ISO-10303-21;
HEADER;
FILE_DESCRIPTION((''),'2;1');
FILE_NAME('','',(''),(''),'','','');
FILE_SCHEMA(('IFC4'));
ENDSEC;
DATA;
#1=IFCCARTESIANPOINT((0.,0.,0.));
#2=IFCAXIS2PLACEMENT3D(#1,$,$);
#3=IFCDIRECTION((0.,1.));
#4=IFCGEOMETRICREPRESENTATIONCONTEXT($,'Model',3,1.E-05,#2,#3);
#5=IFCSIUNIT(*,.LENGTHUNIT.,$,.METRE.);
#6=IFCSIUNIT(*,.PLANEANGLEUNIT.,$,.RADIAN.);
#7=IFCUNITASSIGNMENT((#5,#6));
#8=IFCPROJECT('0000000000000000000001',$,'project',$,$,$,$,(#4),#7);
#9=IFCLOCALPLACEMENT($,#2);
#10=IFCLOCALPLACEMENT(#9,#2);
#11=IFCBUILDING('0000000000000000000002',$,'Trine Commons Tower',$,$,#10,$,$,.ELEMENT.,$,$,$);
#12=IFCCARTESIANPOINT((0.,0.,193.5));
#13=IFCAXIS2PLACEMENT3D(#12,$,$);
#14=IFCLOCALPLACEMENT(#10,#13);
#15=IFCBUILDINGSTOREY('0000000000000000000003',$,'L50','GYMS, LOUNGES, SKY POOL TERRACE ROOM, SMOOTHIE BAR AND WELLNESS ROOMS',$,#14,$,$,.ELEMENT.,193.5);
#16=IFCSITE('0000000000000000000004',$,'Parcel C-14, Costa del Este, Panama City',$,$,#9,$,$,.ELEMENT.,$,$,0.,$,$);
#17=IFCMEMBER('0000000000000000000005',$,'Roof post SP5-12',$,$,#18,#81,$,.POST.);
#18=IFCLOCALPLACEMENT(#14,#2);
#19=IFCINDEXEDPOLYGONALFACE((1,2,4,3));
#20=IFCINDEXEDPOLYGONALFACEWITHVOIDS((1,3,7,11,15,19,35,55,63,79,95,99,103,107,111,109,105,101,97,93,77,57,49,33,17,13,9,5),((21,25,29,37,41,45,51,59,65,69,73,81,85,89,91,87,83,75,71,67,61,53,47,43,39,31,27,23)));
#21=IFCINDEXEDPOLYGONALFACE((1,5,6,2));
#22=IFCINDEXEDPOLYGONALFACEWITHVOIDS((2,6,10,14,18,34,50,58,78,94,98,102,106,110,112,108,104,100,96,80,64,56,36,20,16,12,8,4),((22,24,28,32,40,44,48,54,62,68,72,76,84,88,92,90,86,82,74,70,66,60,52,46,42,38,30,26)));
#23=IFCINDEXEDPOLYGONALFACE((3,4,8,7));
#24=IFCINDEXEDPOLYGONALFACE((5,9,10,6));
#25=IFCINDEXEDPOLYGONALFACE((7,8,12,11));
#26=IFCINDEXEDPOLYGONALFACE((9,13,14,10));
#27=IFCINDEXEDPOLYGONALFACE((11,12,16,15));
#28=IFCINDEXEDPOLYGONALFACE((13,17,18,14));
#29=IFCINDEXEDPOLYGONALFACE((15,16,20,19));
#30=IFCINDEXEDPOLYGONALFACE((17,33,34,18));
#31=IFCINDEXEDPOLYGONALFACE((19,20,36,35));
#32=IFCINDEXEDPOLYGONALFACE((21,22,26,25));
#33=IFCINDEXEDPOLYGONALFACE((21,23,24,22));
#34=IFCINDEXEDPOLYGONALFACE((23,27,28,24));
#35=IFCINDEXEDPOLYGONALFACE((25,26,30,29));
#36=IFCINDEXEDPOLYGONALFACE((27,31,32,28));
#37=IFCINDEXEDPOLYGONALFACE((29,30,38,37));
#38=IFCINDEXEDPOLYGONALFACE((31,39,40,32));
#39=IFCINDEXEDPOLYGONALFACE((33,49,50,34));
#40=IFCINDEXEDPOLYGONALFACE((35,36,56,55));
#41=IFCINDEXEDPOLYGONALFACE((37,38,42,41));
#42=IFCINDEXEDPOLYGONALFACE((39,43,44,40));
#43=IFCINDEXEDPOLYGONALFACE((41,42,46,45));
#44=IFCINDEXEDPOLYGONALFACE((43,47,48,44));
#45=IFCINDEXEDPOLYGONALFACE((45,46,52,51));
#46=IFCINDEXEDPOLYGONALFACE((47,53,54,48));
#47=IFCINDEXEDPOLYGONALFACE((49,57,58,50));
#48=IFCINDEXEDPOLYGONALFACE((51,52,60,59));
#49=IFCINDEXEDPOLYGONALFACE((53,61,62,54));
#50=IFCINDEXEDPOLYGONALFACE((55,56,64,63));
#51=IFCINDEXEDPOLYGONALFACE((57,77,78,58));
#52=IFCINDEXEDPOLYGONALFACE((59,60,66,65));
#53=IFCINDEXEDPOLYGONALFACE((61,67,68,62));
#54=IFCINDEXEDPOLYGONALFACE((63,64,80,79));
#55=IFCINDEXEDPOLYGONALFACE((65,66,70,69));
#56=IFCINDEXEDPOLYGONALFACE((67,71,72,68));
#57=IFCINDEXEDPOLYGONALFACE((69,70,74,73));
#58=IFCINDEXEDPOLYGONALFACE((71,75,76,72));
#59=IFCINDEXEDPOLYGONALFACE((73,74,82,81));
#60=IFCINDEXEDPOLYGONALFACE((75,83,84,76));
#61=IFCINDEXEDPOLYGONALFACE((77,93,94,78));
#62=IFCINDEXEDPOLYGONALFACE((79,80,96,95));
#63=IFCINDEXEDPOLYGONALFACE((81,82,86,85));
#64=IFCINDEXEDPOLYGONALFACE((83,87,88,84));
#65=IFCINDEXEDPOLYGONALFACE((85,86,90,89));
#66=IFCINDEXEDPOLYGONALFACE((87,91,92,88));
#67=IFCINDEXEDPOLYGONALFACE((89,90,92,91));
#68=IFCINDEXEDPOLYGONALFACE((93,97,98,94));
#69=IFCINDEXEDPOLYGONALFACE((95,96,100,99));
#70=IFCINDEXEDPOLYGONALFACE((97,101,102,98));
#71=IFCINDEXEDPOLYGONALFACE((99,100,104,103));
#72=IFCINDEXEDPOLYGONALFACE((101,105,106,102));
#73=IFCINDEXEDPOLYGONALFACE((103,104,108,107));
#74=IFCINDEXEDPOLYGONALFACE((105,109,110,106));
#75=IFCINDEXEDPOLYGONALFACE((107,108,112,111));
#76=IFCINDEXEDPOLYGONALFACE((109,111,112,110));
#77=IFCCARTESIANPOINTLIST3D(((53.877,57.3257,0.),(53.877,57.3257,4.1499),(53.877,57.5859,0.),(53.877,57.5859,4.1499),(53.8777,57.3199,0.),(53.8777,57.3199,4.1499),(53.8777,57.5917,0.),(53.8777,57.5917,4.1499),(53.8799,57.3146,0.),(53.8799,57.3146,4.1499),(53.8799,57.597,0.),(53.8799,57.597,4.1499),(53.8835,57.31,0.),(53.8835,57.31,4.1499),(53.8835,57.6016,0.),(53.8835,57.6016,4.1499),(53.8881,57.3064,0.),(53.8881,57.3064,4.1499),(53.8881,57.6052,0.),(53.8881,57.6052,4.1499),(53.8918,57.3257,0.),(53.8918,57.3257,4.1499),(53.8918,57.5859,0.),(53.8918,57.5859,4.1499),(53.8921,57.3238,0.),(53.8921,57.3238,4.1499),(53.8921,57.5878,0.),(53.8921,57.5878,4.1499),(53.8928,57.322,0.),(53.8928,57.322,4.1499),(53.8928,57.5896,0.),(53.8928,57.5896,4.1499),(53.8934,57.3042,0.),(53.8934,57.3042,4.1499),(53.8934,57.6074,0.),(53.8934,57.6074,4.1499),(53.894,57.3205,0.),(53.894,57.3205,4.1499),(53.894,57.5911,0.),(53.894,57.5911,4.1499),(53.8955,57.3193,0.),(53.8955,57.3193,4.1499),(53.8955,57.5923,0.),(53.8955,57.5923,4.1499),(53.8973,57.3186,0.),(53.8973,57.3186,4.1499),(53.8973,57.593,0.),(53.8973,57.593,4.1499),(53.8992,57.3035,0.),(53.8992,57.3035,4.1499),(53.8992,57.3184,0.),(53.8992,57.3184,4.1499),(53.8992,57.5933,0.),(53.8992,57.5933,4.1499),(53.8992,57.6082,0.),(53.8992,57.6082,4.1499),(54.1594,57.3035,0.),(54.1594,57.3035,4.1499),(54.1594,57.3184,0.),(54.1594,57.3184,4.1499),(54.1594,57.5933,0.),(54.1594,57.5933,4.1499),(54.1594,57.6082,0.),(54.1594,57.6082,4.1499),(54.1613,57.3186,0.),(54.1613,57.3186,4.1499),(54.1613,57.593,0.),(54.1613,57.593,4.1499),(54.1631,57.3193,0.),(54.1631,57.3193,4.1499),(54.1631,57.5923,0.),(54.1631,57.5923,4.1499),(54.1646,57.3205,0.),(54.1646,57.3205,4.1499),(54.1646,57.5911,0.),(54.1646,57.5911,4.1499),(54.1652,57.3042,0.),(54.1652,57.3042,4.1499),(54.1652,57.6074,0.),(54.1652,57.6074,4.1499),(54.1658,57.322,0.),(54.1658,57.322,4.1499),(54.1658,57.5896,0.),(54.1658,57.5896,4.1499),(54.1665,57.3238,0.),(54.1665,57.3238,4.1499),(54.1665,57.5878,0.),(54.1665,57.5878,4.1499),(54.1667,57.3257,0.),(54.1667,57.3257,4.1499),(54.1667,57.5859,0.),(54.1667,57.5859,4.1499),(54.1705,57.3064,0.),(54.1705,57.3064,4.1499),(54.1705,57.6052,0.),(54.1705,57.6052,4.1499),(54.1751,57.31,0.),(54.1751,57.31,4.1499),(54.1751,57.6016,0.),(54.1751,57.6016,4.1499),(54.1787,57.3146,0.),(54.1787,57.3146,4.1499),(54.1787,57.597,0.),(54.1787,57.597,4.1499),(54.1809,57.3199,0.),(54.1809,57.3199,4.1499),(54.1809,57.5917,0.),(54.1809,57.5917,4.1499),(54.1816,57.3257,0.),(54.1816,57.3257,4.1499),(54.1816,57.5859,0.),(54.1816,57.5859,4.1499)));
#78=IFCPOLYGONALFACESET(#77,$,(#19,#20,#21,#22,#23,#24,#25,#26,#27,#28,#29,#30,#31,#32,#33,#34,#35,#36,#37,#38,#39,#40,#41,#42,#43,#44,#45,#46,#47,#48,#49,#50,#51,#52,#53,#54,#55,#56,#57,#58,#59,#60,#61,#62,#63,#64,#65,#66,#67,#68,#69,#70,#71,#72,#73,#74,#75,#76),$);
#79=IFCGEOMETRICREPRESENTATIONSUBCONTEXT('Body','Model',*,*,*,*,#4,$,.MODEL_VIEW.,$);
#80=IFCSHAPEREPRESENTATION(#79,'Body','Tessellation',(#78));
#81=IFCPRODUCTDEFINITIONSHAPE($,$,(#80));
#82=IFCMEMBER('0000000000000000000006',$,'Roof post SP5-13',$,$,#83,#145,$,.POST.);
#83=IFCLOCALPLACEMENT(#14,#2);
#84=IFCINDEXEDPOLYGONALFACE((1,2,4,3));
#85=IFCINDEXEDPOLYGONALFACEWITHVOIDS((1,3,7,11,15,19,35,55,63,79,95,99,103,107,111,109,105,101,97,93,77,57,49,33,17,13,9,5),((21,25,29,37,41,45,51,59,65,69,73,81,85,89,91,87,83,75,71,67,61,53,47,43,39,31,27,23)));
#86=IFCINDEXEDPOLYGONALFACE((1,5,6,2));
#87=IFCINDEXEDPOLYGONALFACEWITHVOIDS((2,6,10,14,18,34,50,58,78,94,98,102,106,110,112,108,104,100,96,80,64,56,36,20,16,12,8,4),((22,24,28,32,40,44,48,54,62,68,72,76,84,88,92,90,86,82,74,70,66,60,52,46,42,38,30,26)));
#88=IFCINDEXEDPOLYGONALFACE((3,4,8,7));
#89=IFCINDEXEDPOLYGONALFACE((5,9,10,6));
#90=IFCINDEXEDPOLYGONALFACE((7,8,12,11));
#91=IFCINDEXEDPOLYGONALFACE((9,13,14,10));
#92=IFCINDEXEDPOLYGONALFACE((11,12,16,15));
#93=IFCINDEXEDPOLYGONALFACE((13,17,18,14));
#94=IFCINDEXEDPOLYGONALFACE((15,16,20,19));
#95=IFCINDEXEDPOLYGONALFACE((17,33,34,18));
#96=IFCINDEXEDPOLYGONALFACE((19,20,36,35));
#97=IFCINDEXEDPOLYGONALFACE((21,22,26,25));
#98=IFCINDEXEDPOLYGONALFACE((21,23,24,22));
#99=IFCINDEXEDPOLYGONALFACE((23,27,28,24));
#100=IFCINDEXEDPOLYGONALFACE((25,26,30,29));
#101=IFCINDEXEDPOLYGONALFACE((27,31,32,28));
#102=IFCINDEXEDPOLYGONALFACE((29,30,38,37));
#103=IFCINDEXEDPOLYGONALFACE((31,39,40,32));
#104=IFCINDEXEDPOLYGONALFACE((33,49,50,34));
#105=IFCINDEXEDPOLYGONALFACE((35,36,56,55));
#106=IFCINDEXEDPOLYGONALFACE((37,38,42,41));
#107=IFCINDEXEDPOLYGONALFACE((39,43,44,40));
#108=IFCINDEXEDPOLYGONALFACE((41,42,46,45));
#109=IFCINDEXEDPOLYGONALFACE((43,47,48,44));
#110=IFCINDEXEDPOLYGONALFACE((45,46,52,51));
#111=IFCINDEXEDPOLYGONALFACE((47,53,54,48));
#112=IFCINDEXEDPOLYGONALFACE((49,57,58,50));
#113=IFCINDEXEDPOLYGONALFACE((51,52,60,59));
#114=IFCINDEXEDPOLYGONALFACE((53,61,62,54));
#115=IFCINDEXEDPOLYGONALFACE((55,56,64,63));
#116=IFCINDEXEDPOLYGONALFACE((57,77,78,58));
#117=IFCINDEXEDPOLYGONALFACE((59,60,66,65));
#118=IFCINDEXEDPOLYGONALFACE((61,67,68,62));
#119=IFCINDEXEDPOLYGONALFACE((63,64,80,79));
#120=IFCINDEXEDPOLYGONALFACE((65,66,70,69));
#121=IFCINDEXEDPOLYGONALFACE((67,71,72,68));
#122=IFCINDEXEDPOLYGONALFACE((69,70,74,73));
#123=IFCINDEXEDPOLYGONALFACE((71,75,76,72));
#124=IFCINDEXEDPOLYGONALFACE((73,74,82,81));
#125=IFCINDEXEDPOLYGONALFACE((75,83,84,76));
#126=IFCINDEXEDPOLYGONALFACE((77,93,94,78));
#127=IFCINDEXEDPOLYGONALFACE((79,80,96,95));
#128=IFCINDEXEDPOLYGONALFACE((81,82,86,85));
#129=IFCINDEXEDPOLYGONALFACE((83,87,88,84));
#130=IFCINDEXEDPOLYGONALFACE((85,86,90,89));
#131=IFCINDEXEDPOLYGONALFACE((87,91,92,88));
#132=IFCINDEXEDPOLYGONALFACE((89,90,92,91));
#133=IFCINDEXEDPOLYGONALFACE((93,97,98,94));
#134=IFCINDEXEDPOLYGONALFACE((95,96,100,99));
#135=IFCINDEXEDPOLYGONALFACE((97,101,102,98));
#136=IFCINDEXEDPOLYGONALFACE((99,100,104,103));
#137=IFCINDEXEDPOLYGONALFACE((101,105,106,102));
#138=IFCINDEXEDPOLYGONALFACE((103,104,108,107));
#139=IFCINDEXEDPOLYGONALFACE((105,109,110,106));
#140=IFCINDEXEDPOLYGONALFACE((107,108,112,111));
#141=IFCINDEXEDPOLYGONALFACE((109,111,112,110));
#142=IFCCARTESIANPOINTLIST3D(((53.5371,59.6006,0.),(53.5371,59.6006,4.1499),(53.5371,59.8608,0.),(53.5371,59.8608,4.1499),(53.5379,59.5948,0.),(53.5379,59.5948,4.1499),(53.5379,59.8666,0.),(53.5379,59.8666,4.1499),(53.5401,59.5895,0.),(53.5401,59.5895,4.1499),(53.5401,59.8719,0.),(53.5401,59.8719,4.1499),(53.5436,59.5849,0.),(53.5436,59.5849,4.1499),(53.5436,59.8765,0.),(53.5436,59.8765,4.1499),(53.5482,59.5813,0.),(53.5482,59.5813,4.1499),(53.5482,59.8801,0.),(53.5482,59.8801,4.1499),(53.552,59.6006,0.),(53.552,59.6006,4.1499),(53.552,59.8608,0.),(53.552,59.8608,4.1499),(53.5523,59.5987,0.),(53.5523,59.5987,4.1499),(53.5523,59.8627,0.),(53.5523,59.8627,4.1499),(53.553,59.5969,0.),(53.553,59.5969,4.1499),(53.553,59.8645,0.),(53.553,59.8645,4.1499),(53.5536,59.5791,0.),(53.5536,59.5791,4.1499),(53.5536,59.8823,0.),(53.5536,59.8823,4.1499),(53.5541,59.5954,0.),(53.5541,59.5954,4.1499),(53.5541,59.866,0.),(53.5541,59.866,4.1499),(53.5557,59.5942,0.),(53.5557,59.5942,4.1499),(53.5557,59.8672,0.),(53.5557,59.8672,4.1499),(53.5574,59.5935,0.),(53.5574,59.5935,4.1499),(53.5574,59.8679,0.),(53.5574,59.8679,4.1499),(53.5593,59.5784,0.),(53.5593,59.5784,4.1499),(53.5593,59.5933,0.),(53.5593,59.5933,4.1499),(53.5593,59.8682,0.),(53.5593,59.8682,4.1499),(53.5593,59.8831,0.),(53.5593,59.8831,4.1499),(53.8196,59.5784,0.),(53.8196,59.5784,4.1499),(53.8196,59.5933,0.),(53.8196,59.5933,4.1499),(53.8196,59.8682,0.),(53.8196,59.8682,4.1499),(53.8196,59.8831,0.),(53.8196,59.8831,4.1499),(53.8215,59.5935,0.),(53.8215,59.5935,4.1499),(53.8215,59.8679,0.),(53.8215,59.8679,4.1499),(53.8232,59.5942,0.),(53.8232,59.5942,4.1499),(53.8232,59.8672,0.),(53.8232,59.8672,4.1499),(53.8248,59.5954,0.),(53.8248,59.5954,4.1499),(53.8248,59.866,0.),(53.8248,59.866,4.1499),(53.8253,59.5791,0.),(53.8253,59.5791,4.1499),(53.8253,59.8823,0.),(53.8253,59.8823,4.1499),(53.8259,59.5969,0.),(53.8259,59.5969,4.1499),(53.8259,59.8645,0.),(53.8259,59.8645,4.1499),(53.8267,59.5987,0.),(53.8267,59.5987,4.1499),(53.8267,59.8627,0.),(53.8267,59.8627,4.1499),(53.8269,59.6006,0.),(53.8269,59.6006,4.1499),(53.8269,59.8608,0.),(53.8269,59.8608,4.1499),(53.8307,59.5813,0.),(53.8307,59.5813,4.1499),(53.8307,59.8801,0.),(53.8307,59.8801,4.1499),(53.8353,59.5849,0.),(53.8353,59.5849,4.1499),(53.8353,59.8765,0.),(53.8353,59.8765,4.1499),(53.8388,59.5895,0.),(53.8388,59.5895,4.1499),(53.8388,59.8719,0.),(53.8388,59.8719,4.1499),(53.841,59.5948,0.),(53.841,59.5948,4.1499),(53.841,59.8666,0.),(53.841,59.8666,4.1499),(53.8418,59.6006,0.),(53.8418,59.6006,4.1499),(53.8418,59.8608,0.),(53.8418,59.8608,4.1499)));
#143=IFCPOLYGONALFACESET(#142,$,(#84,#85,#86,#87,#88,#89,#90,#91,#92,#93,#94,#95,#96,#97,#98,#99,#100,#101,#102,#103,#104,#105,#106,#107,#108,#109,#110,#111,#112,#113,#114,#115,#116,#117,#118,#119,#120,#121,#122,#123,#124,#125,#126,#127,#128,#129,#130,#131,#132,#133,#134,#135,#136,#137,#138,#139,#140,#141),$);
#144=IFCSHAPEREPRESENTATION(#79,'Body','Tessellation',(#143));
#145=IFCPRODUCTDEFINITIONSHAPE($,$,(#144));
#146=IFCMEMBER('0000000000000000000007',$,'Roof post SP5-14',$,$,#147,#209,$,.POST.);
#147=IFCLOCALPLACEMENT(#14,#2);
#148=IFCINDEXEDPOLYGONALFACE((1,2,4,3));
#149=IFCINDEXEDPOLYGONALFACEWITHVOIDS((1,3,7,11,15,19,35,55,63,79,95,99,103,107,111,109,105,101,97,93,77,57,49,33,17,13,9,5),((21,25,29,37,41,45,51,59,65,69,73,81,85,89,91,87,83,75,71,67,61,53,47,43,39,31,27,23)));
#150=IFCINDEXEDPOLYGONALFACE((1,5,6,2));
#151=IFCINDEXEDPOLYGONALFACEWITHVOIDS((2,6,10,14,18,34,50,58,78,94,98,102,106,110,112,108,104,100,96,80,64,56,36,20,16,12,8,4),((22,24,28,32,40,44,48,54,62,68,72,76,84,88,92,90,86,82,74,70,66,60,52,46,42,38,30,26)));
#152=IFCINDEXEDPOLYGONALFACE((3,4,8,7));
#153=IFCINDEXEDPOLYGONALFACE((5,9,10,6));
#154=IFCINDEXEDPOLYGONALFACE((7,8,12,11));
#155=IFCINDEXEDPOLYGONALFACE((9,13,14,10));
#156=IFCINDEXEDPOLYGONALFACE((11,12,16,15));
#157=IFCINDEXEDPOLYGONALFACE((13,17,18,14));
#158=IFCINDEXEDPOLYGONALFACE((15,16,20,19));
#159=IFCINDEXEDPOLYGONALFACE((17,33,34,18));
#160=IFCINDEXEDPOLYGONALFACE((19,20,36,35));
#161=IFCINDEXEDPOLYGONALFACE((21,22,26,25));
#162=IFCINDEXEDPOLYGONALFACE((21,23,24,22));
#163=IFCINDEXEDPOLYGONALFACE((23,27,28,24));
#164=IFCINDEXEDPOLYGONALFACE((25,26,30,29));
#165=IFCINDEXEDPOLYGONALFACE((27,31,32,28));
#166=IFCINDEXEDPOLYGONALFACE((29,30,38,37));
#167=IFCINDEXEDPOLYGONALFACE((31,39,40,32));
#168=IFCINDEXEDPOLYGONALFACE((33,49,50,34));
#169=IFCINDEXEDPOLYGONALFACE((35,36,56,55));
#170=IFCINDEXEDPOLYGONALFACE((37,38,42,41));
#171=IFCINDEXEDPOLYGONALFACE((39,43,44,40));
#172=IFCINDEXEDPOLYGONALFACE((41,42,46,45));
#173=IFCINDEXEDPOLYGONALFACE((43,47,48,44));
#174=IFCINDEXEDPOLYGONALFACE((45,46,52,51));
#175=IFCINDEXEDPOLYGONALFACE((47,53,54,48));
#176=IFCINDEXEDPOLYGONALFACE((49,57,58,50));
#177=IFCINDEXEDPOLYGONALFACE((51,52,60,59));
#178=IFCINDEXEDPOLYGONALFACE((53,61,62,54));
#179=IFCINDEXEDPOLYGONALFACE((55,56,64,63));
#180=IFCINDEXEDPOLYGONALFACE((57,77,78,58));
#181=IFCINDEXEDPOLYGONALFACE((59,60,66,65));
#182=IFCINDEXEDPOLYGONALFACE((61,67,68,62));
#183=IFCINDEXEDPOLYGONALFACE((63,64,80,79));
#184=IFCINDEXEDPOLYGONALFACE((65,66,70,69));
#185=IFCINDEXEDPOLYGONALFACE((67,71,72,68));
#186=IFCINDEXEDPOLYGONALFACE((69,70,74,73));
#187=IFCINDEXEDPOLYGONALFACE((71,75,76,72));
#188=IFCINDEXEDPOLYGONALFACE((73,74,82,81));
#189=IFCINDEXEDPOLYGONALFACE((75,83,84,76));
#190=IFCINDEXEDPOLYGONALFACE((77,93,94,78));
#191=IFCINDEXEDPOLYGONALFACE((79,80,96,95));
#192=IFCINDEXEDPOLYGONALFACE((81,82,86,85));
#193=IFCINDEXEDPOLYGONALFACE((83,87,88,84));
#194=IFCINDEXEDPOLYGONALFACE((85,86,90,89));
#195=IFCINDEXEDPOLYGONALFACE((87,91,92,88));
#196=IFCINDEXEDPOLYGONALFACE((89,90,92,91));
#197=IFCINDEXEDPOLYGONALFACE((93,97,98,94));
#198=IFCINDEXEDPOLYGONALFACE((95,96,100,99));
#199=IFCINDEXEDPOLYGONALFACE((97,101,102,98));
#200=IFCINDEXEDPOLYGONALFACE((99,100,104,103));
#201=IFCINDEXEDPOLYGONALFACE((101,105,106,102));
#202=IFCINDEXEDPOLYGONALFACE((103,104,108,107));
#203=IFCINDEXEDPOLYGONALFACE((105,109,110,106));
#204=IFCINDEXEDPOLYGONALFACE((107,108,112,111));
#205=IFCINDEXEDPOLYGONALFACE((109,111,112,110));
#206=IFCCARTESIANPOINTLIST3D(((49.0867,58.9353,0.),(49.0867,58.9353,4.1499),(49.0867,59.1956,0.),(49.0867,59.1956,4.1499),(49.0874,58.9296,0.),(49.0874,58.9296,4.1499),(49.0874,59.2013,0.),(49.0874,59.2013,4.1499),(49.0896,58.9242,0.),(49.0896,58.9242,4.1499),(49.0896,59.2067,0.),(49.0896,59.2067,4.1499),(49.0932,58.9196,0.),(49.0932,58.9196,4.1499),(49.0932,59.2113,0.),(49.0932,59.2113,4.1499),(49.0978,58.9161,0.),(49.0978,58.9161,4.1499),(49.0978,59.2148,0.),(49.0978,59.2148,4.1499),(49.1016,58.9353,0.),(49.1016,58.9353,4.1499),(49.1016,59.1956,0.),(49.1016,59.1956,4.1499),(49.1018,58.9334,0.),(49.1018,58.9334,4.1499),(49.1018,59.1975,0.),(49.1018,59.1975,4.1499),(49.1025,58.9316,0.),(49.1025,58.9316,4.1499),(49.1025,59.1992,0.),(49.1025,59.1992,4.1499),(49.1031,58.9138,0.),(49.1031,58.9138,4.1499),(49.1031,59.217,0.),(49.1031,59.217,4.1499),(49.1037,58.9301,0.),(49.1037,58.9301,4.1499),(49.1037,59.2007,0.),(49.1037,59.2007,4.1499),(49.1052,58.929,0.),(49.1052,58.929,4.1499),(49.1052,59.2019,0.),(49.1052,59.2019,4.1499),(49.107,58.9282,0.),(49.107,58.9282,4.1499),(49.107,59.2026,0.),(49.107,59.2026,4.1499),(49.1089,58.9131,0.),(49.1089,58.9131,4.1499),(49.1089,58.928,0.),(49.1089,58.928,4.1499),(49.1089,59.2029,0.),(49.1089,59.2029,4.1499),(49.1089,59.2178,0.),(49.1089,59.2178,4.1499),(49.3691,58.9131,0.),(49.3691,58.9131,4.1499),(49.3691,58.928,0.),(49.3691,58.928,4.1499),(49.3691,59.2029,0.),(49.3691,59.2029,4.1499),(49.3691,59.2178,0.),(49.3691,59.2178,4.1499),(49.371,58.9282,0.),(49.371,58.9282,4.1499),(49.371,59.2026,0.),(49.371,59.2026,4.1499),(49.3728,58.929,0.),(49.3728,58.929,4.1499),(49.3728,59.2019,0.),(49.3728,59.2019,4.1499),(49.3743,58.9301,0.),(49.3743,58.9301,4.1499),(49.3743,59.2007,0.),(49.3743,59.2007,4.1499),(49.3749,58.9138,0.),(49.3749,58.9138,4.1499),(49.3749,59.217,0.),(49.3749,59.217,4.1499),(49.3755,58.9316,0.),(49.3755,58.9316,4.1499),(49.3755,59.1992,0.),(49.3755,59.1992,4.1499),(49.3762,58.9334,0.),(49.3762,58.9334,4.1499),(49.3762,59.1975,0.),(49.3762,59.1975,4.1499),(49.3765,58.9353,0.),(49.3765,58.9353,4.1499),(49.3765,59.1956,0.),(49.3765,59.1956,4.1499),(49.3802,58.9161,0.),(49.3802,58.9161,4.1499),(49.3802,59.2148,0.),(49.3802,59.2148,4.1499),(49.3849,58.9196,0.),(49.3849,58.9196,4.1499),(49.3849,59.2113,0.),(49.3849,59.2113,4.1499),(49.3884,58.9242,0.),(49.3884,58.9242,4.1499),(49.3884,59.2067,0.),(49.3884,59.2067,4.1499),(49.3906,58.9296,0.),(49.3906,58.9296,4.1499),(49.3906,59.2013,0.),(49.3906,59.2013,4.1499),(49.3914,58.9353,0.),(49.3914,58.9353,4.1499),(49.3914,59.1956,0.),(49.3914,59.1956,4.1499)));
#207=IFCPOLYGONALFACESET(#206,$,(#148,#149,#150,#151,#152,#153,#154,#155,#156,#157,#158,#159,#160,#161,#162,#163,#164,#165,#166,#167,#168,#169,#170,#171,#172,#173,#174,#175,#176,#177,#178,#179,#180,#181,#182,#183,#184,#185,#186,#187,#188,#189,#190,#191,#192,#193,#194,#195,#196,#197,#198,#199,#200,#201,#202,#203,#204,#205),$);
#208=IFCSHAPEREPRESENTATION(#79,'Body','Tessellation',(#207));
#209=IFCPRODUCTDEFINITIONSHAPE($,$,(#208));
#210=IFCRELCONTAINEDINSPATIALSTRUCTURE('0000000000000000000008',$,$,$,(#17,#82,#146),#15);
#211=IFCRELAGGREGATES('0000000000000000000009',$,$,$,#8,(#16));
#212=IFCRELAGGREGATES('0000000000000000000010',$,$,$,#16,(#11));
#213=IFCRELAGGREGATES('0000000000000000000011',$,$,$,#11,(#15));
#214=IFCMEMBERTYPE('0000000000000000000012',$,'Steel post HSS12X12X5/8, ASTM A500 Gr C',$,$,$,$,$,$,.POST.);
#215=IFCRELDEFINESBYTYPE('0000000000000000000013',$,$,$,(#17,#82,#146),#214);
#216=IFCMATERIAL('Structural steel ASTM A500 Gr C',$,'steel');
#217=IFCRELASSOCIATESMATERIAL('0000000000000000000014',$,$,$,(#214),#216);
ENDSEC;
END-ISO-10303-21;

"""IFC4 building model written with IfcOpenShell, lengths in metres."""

from ifc_helpers import new_model, si_unit, direction, frame, origin, origin_2d, place, context, subcontext, project, spatial, hollow_rectangle, extrude, material, material_profile, profile_set, type_object, element, save


model = new_model("IFC4")

# Units and contexts
model_context = context("Model", 3, precision=1e-05, world=origin(), true_north=direction((0.0, 1.0)))
body_context = subcontext(model_context, "Body", "Model", "MODEL_VIEW")
ifc_project = project(units=[si_unit("LENGTHUNIT", "METRE"), si_unit("PLANEANGLEUNIT", "RADIAN")], contexts=[model_context])

# Site, building, storey
site_placement = place(None, origin())
site = spatial("IfcSite", under=ifc_project, at=site_placement, Name="Parcel C-14, Costa del Este, Panama City", CompositionType="ELEMENT", RefElevation=0.0)
building_placement = place(site_placement, origin())
building = spatial("IfcBuilding", under=site, at=building_placement, Name="Trine Commons Tower", CompositionType="ELEMENT")
storey_placement = place(building_placement, frame((0.0, 0.0, 193.5)))
storey = spatial("IfcBuildingStorey", under=building, at=storey_placement, Name="L50", Description="GYMS, LOUNGES, SKY POOL TERRACE ROOM, SMOOTHIE BAR AND WELLNESS ROOMS", CompositionType="ELEMENT", Elevation=193.5)

# Members
ifc_material_1 = material(Name="Structural steel ASTM A500 Gr C", Category="steel")
ifc_material_profile_1 = material_profile(ifc_material_1, hollow_rectangle(XDim=0.3047, YDim=0.3047, WallThickness=0.0149, InnerFilletRadius=0.0073, OuterFilletRadius=0.0222, at=origin_2d()), Name="HSS12X12X5/8")
ifc_profile_set_1 = profile_set([ifc_material_profile_1], Name="Structural steel ASTM A500 Gr C")
member_type_1 = type_object("IfcMemberType", Name="Steel post HSS12X12X5/8, ASTM A500 Gr C", PredefinedType="POST", material=ifc_profile_set_1)
for number, where, z_axis, x_axis, name in (
    (1, (54.0293, 57.4558, 0.0), (0.0, 0.0, 1.0), (1.0, 0.0, 0.0), "Roof post SP5-12"),
    (2, (53.6895, 59.7307, 0.0), (0.0, 0.0, 1.0), (1.0, 0.0, 0.0), "Roof post SP5-13"),
    (3, (49.239, 59.0654, 0.0), (0.0, 0.0, 1.0), (1.0, 0.0, 0.0), "Roof post SP5-14"),
):
    element("IfcMember", number, at=place(storey_placement, frame(where, z_axis=z_axis, x_axis=x_axis)), inside=storey, type_object=member_type_1, Name=name, PredefinedType="POST", context=body_context, shape_type="SweptSolid", body=[
        extrude(hollow_rectangle(XDim=0.3047, YDim=0.3047, WallThickness=0.0149, InnerFilletRadius=0.0073, OuterFilletRadius=0.0222, at=origin_2d()), origin(), (0.0, 0.0, 1.0), 4.1499),
    ])

save(model, "model.ifc")
